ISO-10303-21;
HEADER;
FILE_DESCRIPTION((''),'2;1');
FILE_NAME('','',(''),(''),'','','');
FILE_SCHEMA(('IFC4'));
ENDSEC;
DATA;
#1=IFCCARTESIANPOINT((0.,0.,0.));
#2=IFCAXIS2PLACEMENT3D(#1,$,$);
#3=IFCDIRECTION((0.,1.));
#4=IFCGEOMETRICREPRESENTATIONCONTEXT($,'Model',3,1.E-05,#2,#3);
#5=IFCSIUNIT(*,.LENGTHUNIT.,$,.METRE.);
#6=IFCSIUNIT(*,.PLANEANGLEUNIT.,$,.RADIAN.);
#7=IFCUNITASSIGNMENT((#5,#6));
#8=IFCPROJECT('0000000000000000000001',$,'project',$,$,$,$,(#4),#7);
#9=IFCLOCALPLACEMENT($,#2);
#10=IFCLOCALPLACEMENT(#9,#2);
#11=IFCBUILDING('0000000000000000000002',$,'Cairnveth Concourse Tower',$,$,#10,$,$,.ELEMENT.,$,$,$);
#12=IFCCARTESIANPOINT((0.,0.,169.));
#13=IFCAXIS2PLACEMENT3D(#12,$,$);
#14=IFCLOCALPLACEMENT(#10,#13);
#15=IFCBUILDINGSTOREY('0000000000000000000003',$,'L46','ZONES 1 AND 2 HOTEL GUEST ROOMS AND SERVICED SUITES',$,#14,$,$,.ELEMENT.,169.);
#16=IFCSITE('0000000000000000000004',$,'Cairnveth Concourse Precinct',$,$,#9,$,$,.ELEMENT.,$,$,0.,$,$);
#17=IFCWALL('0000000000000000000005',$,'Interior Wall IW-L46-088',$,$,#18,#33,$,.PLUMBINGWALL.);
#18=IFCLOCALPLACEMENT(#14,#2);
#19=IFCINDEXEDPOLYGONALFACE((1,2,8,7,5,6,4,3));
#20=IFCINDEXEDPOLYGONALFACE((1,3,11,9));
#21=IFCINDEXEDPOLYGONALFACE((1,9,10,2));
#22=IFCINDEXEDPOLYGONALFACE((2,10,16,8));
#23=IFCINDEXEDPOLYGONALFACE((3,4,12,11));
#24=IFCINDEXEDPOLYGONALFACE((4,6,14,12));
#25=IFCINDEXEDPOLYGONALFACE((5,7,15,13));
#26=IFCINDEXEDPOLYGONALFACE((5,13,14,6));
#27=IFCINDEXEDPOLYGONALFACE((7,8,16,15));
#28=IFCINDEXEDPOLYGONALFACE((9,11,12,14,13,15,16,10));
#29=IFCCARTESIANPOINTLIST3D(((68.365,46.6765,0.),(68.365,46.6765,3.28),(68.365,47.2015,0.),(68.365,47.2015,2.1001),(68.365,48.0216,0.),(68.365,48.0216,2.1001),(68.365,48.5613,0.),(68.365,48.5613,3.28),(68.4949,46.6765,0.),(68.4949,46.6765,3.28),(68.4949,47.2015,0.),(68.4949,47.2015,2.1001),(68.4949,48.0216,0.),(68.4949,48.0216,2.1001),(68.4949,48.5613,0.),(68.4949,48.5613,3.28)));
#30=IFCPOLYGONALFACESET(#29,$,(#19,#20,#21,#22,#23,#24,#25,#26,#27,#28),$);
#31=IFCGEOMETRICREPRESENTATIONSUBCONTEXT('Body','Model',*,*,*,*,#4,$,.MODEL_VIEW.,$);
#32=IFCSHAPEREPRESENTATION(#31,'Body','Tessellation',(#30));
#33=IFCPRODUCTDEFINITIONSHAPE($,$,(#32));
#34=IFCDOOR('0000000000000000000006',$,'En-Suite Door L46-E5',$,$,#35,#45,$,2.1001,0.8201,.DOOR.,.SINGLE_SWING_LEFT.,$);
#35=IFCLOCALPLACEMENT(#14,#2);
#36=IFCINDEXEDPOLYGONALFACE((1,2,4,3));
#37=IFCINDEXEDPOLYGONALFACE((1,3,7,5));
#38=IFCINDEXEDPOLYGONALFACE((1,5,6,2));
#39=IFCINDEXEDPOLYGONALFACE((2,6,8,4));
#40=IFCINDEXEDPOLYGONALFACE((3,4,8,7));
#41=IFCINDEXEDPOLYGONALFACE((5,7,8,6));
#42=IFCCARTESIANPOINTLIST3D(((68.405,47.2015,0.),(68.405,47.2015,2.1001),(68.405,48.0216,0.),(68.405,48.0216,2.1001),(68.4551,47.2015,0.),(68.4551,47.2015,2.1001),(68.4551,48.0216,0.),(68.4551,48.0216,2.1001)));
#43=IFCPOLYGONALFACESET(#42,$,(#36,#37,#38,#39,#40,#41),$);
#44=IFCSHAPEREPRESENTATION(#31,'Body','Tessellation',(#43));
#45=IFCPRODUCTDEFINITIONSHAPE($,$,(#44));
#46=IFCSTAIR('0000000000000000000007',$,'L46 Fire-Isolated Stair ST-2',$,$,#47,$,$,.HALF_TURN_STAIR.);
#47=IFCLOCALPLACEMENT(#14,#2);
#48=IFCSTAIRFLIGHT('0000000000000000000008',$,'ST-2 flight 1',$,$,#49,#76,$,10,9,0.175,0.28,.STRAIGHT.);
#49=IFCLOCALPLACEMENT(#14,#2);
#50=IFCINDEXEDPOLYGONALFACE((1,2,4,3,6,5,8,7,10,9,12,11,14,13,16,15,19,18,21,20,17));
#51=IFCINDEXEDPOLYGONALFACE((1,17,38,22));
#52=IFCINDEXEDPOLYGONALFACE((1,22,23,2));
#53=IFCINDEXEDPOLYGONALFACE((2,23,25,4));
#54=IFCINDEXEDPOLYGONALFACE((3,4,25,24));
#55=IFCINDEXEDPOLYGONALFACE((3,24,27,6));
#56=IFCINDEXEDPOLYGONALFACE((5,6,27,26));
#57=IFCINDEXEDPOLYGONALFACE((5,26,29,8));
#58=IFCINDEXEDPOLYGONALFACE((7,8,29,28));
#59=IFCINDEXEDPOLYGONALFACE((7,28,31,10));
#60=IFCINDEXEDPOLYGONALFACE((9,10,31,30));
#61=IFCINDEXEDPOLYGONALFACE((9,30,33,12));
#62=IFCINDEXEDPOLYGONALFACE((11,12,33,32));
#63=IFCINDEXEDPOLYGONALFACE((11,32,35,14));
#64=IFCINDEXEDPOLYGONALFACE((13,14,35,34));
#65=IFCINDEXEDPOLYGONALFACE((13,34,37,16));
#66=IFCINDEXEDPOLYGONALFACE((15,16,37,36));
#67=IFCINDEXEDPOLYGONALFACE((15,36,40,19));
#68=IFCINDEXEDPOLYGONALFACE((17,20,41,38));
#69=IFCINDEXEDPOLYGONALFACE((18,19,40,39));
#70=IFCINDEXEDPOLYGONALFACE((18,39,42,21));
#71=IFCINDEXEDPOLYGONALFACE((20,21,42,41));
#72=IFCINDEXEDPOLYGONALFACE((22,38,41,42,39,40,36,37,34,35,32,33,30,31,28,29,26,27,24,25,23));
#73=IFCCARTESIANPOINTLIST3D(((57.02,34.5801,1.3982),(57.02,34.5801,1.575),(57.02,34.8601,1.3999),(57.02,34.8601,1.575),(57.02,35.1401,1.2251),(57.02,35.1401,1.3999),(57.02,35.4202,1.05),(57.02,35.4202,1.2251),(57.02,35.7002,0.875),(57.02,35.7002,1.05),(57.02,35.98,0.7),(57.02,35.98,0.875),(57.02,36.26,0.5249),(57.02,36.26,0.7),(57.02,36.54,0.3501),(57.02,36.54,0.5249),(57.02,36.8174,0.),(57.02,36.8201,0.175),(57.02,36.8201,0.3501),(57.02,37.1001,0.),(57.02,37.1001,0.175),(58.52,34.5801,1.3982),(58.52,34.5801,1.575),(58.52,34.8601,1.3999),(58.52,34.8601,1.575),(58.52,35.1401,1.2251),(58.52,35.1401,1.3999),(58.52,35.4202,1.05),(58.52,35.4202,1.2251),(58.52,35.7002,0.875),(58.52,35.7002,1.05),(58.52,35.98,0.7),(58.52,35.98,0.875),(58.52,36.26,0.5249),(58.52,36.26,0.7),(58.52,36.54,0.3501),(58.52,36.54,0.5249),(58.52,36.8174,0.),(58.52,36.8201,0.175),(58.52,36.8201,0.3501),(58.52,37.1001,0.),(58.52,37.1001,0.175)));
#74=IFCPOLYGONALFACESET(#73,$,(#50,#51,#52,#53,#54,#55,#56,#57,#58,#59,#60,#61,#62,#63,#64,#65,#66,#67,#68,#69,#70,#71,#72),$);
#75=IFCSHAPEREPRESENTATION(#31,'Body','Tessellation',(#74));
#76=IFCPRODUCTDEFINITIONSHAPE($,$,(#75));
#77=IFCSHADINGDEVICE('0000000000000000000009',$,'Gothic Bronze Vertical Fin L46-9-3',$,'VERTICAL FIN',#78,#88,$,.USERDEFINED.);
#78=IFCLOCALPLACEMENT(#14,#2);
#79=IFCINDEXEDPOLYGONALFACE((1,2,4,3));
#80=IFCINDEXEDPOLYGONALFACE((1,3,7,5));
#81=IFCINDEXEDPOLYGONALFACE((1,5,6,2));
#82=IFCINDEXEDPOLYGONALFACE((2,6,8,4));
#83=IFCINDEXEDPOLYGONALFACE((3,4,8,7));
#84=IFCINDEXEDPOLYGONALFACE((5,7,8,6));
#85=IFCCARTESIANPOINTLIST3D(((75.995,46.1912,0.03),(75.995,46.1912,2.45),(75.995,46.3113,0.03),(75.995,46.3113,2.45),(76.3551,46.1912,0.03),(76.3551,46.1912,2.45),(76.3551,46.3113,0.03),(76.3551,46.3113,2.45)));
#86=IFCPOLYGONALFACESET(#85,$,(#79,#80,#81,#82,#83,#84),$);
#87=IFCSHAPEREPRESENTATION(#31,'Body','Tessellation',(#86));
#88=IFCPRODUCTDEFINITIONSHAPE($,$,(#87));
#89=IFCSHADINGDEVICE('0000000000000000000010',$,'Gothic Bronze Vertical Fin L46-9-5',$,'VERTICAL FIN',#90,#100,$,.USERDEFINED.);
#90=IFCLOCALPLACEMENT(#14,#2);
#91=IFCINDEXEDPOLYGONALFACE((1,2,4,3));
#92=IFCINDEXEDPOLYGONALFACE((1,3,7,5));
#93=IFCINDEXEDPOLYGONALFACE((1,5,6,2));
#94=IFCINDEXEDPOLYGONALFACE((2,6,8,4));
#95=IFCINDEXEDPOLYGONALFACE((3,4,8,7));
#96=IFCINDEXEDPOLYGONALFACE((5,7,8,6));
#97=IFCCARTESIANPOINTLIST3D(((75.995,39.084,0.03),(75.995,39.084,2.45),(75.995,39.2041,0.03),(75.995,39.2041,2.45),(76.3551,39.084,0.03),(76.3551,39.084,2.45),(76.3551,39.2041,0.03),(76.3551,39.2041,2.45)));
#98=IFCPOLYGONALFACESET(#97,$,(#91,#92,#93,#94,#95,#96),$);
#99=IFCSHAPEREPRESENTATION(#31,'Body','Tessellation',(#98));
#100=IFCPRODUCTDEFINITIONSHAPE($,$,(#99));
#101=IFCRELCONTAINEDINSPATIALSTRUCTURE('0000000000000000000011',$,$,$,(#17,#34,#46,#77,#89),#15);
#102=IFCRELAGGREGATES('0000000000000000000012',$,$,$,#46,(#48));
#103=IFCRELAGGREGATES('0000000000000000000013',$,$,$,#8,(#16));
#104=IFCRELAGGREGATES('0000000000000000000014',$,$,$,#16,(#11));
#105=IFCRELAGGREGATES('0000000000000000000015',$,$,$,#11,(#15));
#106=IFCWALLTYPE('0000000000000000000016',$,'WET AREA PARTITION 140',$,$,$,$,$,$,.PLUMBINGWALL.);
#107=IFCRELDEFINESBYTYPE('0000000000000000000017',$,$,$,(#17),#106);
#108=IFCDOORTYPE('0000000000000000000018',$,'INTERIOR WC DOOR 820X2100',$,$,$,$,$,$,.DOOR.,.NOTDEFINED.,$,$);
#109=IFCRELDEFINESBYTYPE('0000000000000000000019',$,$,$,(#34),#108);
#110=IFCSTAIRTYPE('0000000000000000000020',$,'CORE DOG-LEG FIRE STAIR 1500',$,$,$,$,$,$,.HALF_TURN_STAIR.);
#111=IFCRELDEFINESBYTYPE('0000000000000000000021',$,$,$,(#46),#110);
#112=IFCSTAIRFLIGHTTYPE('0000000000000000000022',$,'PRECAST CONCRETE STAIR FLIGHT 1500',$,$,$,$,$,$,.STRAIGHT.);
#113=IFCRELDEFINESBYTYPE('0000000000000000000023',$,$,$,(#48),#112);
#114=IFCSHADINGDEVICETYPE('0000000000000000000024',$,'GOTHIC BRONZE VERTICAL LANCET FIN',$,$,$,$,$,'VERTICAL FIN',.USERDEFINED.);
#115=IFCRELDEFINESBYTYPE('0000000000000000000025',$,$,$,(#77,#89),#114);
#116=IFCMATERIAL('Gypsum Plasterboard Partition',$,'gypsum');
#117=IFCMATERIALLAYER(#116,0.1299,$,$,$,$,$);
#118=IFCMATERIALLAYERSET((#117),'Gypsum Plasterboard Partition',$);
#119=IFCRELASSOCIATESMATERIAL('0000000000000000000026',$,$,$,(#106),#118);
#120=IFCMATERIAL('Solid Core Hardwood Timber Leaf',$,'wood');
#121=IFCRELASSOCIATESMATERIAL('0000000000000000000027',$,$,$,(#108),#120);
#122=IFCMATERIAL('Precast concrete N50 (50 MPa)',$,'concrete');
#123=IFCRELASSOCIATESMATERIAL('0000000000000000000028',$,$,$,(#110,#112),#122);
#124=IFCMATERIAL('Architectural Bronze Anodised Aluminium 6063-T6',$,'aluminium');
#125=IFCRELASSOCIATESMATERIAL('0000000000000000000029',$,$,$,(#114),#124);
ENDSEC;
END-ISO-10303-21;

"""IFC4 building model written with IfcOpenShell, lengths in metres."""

from ifc_helpers import new_model, si_unit, direction, frame, frame_2d, origin, origin_2d, place, context, subcontext, project, spatial, polyline, rectangle, outline, extrude, material, layer, layer_set, type_object, element, fill, aggregate, save


model = new_model("IFC4")

# Units and contexts
model_context = context("Model", 3, precision=1e-05, world=origin(), true_north=direction((0.0, 1.0)))
body_context = subcontext(model_context, "Body", "Model", "MODEL_VIEW")
ifc_project = project(units=[si_unit("LENGTHUNIT", "METRE"), si_unit("PLANEANGLEUNIT", "RADIAN")], contexts=[model_context])

# Site, building, storey
site_placement = place(None, origin())
site = spatial("IfcSite", under=ifc_project, at=site_placement, Name="Cairnveth Concourse Precinct", CompositionType="ELEMENT", RefElevation=0.0)
building_placement = place(site_placement, origin())
building = spatial("IfcBuilding", under=site, at=building_placement, Name="Cairnveth Concourse Tower", CompositionType="ELEMENT")
storey_placement = place(building_placement, frame((0.0, 0.0, 169.0)))
storey = spatial("IfcBuildingStorey", under=building, at=storey_placement, Name="L46", Description="ZONES 1 AND 2 HOTEL GUEST ROOMS AND SERVICED SUITES", CompositionType="ELEMENT", Elevation=169.0)

# Shared definitions
ifc_material_1 = material(Name="Gypsum Plasterboard Partition", Category="gypsum")

# Shared definitions
ifc_layer_1 = layer(ifc_material_1, 0.1299)
ifc_layer_set_1 = layer_set([ifc_layer_1], Name="Gypsum Plasterboard Partition")
wall_type_1 = type_object("IfcWallType", Name="WET AREA PARTITION 140", PredefinedType="PLUMBINGWALL", material=ifc_layer_set_1)

# Wall, opening, door
ifc_material_2 = material(Name="Solid Core Hardwood Timber Leaf", Category="wood")
door_type_1 = type_object("IfcDoorType", Name="INTERIOR WC DOOR 820X2100", OperationType="NOTDEFINED", PredefinedType="DOOR", material=ifc_material_2)
wall_1_placement = place(storey_placement, frame((68.4299, 46.6765, 0.0), z_axis=(0.0, 0.0, 1.0), x_axis=(0.0, 1.0, 0.0)))
wall_1 = element("IfcWall", 1, at=wall_1_placement, inside=storey, type_object=wall_type_1, Name="Interior Wall IW-L46-088", PredefinedType="PLUMBINGWALL", context=body_context, shape_type="SweptSolid", body=[
    extrude(rectangle(XDim=1.8848, YDim=0.1299, at=frame_2d((0.9424, 0.0))), origin(), (0.0, 0.0, 1.0), 3.28),
])
opening_1_placement = place(wall_1_placement, frame((0.5249, 0.0, 0.0)))
opening_1 = element("IfcOpeningElement", 2, at=opening_1_placement, cuts=wall_1, PredefinedType="OPENING", context=body_context, shape_type="SweptSolid", body=[
    extrude(rectangle(XDim=0.8201, YDim=2.1001, at=frame_2d((0.4102, 1.05))), frame((0.0, 0.075, 0.0), z_axis=(0.0, -1.0, 0.0), x_axis=(1.0, 0.0, 0.0)), (0.0, 0.0, 1.0), 0.1499),
])
door_1_placement = place(opening_1_placement, origin())
door_1 = element("IfcDoor", 3, at=door_1_placement, inside=storey, type_object=door_type_1, Name="En-Suite Door L46-E5", OperationType="SINGLE_SWING_LEFT", OverallHeight=2.1001, OverallWidth=0.8201, PredefinedType="DOOR", context=body_context, shape_type="SweptSolid", body=[
    extrude(rectangle(XDim=0.8201, YDim=2.1001, at=frame_2d((0.4102, 1.05))), frame((0.0, 0.0249, 0.0), z_axis=(0.0, -1.0, 0.0), x_axis=(1.0, 0.0, 0.0)), (0.0, 0.0, 1.0), 0.05),
])
fill(opening_1, door_1)

# Stair, stair flight
ifc_material_3 = material(Name="Precast concrete N50 (50 MPa)", Category="concrete")
stair_type = type_object("IfcStairType", Name="CORE DOG-LEG FIRE STAIR 1500", PredefinedType="HALF_TURN_STAIR", material=ifc_material_3)
stair_placement = place(storey_placement, origin())
stair = element("IfcStair", 4, at=stair_placement, inside=storey, type_object=stair_type, Name="L46 Fire-Isolated Stair ST-2", PredefinedType="HALF_TURN_STAIR")
stair_flight_type = type_object("IfcStairFlightType", Name="PRECAST CONCRETE STAIR FLIGHT 1500", PredefinedType="STRAIGHT", material=ifc_material_3)
stair_flight_placement = place(storey_placement, frame((57.77, 37.1001, 0.0), z_axis=(0.0, 0.0, 1.0), x_axis=(0.0, -1.0, 0.0)))
stair_flight = element("IfcStairFlight", 5, at=stair_flight_placement, type_object=stair_flight_type, Name="ST-2 flight 1", NumberOfRisers=10, NumberOfTreads=9, PredefinedType="STRAIGHT", RiserHeight=0.175, TreadLength=0.28, context=body_context, shape_type="SweptSolid", body=[
    extrude(outline(polyline([(0.0, 0.0), (0.0, 0.175), (0.28, 0.175), (0.28, 0.3501), (0.5601, 0.3501), (0.5601, 0.5249), (0.8401, 0.5249), (0.8401, 0.7), (1.1201, 0.7), (1.1201, 0.875), (1.3999, 0.875), (1.3999, 1.05), (1.6799, 1.05), (1.6799, 1.2251), (1.96, 1.2251), (1.96, 1.3999), (2.24, 1.3999), (2.24, 1.575), (2.52, 1.575), (2.52, 1.75), (2.52, 1.3982), (0.2827, 0.0), (0.0, 0.0)])), frame((0.0, 0.75, 0.0), z_axis=(0.0, -1.0, 0.0), x_axis=(1.0, 0.0, 0.0)), (0.0, 0.0, 1.0), 1.5),
])
aggregate(stair, [stair_flight])

# Shading devices
ifc_material_4 = material(Name="Architectural Bronze Anodised Aluminium 6063-T6", Category="aluminium")
shading_device_type = type_object("IfcShadingDeviceType", Name="GOTHIC BRONZE VERTICAL LANCET FIN", ElementType="VERTICAL FIN", PredefinedType="USERDEFINED", material=ifc_material_4)
for number, where, z_axis, x_axis, name in (
    (6, (76.175, 46.2512, 0.03), (0.0, 0.0, 1.0), (0.0, 1.0, 0.0), "Gothic Bronze Vertical Fin L46-9-3"),
    (7, (76.175, 39.144, 0.03), (0.0, 0.0, 1.0), (0.0, 1.0, 0.0), "Gothic Bronze Vertical Fin L46-9-5"),
):
    element("IfcShadingDevice", number, at=place(storey_placement, frame(where, z_axis=z_axis, x_axis=x_axis)), inside=storey, type_object=shading_device_type, Name=name, ObjectType="VERTICAL FIN", PredefinedType="USERDEFINED", context=body_context, shape_type="SweptSolid", body=[
        extrude(rectangle(XDim=0.1201, YDim=0.3601, at=origin_2d()), origin(), (0.0, 0.0, 1.0), 2.4199),
    ])

save(model, "model.ifc")
